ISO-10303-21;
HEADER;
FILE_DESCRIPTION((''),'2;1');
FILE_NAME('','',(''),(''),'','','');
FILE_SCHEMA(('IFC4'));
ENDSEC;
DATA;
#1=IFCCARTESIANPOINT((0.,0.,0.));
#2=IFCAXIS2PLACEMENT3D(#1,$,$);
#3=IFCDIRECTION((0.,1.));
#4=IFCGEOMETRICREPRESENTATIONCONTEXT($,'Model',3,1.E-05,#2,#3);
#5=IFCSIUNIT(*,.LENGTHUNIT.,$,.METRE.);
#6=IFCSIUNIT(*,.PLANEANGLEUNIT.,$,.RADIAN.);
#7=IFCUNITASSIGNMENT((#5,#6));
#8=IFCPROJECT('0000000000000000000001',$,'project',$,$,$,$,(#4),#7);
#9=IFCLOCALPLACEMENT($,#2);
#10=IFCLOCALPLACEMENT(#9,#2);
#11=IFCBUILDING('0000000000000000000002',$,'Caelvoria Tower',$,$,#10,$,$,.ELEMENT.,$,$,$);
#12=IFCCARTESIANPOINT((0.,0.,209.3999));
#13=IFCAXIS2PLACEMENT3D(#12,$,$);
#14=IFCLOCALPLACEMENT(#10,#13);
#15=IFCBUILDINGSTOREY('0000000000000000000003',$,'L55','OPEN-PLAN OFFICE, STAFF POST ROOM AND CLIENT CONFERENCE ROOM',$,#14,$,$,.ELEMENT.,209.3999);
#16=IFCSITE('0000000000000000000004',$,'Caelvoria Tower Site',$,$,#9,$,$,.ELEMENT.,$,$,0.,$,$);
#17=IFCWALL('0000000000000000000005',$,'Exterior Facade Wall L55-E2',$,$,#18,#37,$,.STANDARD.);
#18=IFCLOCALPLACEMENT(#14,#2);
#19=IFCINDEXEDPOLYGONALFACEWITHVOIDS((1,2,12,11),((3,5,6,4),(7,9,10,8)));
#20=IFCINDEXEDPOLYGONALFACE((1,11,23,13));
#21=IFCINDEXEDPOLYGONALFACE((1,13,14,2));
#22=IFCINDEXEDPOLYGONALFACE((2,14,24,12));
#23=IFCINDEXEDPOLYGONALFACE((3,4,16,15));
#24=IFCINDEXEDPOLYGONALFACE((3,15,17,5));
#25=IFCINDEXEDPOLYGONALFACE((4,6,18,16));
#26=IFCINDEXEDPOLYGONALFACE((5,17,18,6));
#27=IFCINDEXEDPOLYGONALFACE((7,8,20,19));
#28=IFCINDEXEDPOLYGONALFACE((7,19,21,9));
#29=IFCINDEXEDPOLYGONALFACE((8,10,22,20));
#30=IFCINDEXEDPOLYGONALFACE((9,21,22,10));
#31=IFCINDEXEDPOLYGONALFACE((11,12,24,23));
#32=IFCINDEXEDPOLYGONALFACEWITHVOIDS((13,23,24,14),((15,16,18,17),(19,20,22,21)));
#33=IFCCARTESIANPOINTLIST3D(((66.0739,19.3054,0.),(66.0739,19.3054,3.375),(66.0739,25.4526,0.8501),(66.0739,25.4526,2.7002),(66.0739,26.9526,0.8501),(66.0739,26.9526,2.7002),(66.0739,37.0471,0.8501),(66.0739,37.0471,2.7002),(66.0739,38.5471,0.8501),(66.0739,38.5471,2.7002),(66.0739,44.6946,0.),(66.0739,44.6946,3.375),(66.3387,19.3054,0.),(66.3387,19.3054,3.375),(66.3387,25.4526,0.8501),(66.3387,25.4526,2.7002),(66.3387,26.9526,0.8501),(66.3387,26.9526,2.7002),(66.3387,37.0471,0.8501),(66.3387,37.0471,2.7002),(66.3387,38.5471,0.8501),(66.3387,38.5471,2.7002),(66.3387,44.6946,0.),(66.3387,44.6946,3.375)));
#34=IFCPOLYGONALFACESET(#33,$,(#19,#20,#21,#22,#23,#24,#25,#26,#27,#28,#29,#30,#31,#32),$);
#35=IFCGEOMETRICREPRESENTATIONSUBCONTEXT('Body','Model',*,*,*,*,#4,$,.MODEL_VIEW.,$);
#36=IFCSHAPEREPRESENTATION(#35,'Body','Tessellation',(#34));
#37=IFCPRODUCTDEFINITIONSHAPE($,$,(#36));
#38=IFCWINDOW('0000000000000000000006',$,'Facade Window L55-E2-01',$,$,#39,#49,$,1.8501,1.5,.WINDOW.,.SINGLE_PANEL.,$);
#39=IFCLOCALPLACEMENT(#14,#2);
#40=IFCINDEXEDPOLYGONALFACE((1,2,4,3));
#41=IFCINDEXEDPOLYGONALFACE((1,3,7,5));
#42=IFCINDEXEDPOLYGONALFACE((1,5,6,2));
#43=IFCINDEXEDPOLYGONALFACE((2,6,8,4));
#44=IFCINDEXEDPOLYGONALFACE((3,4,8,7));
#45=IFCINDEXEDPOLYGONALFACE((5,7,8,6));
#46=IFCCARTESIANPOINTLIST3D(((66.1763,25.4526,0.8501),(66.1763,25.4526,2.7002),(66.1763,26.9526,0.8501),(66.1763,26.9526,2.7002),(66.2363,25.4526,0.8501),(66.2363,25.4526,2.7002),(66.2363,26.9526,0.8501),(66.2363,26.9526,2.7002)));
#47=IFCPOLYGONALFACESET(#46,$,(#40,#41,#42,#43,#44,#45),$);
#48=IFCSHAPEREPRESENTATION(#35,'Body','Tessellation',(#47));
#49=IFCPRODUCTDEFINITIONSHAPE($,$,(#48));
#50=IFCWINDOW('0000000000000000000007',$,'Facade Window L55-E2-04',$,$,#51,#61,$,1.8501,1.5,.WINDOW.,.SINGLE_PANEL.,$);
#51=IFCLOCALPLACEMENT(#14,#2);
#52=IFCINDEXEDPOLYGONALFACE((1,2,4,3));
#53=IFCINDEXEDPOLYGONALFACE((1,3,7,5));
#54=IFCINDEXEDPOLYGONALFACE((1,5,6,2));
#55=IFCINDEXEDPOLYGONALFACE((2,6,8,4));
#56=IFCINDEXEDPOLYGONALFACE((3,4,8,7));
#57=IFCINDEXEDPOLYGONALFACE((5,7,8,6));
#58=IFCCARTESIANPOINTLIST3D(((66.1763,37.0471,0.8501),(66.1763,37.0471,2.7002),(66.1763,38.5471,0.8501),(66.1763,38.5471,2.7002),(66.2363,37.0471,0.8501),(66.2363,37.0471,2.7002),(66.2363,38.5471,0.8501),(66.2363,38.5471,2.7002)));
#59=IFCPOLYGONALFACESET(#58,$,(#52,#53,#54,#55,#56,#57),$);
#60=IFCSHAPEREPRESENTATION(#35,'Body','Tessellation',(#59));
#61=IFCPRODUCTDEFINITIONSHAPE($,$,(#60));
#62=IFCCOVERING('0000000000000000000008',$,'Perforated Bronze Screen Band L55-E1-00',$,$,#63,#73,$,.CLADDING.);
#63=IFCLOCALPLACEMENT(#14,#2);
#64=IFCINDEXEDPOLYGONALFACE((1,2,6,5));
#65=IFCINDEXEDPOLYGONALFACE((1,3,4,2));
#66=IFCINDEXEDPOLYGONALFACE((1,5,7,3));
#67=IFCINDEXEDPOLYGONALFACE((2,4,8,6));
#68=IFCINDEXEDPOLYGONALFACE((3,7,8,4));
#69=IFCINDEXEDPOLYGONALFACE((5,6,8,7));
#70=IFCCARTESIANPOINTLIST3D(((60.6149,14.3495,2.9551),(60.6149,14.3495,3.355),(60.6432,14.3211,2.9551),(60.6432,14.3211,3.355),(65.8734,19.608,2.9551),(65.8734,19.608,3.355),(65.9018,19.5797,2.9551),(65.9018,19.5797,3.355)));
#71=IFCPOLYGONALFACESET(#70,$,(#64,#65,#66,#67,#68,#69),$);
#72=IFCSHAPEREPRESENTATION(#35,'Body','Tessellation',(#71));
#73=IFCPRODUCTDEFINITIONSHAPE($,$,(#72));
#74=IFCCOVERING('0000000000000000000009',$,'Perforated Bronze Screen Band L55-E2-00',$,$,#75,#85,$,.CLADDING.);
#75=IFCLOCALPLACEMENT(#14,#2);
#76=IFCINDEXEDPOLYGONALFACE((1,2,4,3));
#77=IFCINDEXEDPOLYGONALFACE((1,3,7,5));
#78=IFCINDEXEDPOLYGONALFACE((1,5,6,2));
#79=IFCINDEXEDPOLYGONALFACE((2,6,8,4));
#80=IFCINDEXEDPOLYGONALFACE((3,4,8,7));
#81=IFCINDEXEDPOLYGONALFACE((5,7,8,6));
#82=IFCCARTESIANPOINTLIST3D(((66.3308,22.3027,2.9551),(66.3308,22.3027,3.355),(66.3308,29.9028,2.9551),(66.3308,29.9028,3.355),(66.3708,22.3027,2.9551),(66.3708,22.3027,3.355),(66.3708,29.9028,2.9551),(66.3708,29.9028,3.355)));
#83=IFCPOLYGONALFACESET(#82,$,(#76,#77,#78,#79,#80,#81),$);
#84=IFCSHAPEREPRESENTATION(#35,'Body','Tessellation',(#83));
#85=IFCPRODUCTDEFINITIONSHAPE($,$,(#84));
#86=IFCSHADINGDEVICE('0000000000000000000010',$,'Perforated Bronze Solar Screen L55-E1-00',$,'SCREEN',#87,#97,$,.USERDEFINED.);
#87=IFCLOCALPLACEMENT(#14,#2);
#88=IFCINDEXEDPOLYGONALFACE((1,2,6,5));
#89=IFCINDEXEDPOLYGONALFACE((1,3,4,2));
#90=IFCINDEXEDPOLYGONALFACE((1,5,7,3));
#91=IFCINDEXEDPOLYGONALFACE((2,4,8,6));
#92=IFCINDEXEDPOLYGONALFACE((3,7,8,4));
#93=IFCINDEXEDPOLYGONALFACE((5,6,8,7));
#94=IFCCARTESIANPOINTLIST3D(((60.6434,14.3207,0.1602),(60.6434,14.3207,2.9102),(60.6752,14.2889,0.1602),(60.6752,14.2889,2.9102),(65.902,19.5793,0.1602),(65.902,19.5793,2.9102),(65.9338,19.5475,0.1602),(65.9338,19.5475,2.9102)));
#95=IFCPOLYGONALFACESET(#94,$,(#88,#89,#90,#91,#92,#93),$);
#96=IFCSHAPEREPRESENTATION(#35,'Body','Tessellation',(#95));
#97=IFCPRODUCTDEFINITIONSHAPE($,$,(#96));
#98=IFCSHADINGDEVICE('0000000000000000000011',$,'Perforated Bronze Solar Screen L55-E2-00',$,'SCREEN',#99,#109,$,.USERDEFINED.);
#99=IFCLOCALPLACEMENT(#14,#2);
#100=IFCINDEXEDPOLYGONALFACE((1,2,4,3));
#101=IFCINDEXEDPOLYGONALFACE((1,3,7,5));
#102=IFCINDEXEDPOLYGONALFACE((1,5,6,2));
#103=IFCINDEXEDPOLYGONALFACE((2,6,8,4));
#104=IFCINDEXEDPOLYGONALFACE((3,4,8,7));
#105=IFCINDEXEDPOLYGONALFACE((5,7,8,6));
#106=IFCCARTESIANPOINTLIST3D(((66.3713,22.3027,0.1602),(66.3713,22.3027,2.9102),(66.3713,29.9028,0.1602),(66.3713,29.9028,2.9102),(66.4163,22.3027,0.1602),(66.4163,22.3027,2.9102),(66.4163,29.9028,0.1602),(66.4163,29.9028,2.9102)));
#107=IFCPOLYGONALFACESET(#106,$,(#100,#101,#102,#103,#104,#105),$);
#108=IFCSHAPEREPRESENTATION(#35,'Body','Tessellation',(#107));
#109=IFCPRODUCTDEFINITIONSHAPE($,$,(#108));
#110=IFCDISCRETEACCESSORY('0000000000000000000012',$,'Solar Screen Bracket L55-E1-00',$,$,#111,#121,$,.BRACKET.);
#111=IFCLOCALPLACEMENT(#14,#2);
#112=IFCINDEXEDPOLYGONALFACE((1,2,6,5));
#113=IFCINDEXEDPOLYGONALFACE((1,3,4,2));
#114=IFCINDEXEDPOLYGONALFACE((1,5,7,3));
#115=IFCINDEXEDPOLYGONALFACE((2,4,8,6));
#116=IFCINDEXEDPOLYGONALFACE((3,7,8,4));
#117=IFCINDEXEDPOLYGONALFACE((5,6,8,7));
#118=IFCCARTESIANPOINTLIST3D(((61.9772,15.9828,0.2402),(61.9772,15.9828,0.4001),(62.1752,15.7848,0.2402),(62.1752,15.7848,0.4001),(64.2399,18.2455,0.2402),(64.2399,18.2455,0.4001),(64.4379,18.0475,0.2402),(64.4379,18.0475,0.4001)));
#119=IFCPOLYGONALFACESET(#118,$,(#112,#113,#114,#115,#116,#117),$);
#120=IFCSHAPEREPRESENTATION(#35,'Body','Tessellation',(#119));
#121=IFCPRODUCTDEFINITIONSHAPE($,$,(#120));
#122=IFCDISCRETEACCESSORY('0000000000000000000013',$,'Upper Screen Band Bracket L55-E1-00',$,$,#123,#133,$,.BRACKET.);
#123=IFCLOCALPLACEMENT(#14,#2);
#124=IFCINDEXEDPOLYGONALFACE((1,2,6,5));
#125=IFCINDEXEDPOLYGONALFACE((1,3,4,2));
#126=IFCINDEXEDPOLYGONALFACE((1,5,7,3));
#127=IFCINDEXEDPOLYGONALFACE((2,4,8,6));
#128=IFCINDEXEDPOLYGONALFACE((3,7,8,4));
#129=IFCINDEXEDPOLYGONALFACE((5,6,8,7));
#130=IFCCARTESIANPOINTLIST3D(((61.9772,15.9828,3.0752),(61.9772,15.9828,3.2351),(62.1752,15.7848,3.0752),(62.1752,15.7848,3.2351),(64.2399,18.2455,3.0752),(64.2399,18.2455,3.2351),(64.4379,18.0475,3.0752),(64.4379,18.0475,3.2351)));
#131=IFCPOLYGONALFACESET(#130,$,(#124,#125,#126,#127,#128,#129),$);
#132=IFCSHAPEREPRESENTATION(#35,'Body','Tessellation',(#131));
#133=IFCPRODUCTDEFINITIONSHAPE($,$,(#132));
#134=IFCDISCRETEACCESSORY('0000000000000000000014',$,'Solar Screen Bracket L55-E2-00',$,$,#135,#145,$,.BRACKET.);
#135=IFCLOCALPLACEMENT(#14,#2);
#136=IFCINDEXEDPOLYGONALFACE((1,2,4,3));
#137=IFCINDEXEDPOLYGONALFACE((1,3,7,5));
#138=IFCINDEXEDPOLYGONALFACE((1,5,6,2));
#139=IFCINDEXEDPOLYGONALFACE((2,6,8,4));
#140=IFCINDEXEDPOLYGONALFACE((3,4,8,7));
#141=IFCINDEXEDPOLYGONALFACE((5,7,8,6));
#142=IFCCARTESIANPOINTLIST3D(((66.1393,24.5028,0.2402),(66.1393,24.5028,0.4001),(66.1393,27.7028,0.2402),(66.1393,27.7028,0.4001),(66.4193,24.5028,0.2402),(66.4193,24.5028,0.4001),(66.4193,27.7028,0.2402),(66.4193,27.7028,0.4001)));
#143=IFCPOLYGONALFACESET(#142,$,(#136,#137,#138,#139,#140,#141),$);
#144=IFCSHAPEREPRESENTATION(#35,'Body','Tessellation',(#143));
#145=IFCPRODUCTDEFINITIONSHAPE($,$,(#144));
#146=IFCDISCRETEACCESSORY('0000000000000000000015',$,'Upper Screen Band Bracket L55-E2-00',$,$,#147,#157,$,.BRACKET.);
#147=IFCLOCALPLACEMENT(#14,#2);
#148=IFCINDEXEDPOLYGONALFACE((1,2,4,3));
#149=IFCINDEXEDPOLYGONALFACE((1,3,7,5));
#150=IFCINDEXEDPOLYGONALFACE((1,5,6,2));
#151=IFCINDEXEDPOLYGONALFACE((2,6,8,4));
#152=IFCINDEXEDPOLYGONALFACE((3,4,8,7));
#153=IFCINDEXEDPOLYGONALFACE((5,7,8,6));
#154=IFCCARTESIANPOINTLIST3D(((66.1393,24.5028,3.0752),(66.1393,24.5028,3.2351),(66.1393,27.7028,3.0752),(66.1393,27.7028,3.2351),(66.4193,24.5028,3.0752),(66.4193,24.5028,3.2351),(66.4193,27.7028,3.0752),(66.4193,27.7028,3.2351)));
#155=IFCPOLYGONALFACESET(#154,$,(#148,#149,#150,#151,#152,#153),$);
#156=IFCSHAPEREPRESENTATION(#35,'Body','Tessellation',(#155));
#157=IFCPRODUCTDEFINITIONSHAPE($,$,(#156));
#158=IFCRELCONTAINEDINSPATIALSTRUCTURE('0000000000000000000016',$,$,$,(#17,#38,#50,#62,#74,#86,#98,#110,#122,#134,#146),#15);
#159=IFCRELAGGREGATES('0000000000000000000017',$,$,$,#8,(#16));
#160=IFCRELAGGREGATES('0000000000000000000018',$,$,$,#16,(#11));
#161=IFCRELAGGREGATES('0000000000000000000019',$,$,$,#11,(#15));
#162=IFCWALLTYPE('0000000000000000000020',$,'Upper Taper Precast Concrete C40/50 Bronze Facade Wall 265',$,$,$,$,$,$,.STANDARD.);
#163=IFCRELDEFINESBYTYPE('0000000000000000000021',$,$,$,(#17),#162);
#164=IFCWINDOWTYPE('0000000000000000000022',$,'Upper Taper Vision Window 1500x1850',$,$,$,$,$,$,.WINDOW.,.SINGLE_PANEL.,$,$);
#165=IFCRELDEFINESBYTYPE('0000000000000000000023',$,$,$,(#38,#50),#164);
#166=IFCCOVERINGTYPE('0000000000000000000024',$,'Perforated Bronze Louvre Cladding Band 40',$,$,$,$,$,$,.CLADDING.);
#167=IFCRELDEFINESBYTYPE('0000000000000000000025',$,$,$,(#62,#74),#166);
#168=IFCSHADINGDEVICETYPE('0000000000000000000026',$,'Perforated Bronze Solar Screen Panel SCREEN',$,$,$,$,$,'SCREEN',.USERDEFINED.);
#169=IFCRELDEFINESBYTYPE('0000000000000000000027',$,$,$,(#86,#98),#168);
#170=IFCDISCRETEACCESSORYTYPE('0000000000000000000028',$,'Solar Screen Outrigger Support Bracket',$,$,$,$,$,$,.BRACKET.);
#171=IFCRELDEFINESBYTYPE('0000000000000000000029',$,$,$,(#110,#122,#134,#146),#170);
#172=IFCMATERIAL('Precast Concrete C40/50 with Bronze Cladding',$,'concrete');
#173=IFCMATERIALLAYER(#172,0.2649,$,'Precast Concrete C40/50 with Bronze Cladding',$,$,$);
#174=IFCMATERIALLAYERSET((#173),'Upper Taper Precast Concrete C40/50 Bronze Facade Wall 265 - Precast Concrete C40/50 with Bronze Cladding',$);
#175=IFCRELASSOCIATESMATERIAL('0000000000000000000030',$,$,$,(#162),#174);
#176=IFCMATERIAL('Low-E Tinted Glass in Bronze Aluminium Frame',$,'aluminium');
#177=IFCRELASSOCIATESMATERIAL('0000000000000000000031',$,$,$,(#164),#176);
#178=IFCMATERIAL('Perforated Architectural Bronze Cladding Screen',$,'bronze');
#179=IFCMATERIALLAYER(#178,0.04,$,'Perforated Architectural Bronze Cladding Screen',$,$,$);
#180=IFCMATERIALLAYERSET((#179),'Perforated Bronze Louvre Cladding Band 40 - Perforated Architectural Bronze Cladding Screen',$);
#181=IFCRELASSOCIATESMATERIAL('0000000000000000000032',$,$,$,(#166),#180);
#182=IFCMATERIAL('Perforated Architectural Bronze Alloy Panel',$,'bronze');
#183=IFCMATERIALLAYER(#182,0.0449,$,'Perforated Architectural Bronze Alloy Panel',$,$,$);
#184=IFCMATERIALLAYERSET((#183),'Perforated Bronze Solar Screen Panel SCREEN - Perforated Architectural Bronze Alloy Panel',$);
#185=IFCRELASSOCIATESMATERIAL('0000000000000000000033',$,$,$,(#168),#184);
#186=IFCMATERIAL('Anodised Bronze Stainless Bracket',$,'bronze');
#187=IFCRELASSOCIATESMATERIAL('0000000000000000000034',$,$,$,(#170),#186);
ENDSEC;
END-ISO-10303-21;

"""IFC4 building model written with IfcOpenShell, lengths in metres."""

from ifc_helpers import new_model, si_unit, direction, frame, frame_2d, origin, origin_2d, place, context, subcontext, project, spatial, rectangle, extrude, material, layer, layer_set, type_object, element, fill, save


model = new_model("IFC4")

# Units and contexts
model_context = context("Model", 3, precision=1e-05, world=origin(), true_north=direction((0.0, 1.0)))
body_context = subcontext(model_context, "Body", "Model", "MODEL_VIEW")
ifc_project = project(units=[si_unit("LENGTHUNIT", "METRE"), si_unit("PLANEANGLEUNIT", "RADIAN")], contexts=[model_context])

# Site, building, storey
site_placement = place(None, origin())
site = spatial("IfcSite", under=ifc_project, at=site_placement, Name="Caelvoria Tower Site", CompositionType="ELEMENT", RefElevation=0.0)
building_placement = place(site_placement, origin())
building = spatial("IfcBuilding", under=site, at=building_placement, Name="Caelvoria Tower", CompositionType="ELEMENT")
storey_placement = place(building_placement, frame((0.0, 0.0, 209.3999)))
storey = spatial("IfcBuildingStorey", under=building, at=storey_placement, Name="L55", Description="OPEN-PLAN OFFICE, STAFF POST ROOM AND CLIENT CONFERENCE ROOM", CompositionType="ELEMENT", Elevation=209.3999)

# Shared definitions
ifc_material_1 = material(Name="Precast Concrete C40/50 with Bronze Cladding", Category="concrete")
ifc_layer_1 = layer(ifc_material_1, 0.2649, Name="Precast Concrete C40/50 with Bronze Cladding")
ifc_layer_set_1 = layer_set([ifc_layer_1], Name="Upper Taper Precast Concrete C40/50 Bronze Facade Wall 265 - Precast Concrete C40/50 with Bronze Cladding")
wall_type_1 = type_object("IfcWallType", Name="Upper Taper Precast Concrete C40/50 Bronze Facade Wall 265", PredefinedType="STANDARD", material=ifc_layer_set_1)

# Wall, openings, windows
wall_1_placement = place(storey_placement, frame((66.2063, 19.3054, 0.0), z_axis=(0.0, 0.0, 1.0), x_axis=(0.0, 1.0, 0.0)))
wall_1 = element("IfcWall", 1, at=wall_1_placement, inside=storey, type_object=wall_type_1, Name="Exterior Facade Wall L55-E2", PredefinedType="STANDARD", context=body_context, shape_type="SweptSolid", body=[
    extrude(rectangle(XDim=25.3892, YDim=0.2649, at=frame_2d((12.6946, 0.0))), origin(), (0.0, 0.0, 1.0), 3.375),
])
opening_1_placement = place(wall_1_placement, frame((6.1472, 0.0, 0.8501)))
opening_1 = element("IfcOpeningElement", 2, at=opening_1_placement, cuts=wall_1, PredefinedType="OPENING", context=body_context, shape_type="SweptSolid", body=[
    extrude(rectangle(XDim=1.5, YDim=1.8501, at=frame_2d((0.75, 0.925))), frame((0.0, 0.1423, 0.0), z_axis=(0.0, -1.0, 0.0), x_axis=(1.0, 0.0, 0.0)), (0.0, 0.0, 1.0), 0.2849),
])
opening_2_placement = place(wall_1_placement, frame((17.7417, 0.0, 0.8501)))
opening_2 = element("IfcOpeningElement", 3, at=opening_2_placement, cuts=wall_1, PredefinedType="OPENING", context=body_context, shape_type="SweptSolid", body=[
    extrude(rectangle(XDim=1.5, YDim=1.8501, at=frame_2d((0.75, 0.925))), frame((0.0, 0.1423, 0.0), z_axis=(0.0, -1.0, 0.0), x_axis=(1.0, 0.0, 0.0)), (0.0, 0.0, 1.0), 0.2849),
])
ifc_material_2 = material(Name="Low-E Tinted Glass in Bronze Aluminium Frame", Category="aluminium")
window_type = type_object("IfcWindowType", Name="Upper Taper Vision Window 1500x1850", PartitioningType="SINGLE_PANEL", PredefinedType="WINDOW", material=ifc_material_2)
window_1_placement = place(opening_1_placement, origin())
window_1 = element("IfcWindow", 4, at=window_1_placement, inside=storey, type_object=window_type, Name="Facade Window L55-E2-01", OverallHeight=1.8501, OverallWidth=1.5, PartitioningType="SINGLE_PANEL", PredefinedType="WINDOW", context=body_context, shape_type="SweptSolid", body=[
    extrude(rectangle(XDim=1.5, YDim=1.8501, at=frame_2d((0.75, 0.925))), frame((0.0, 0.03, 0.0), z_axis=(0.0, -1.0, 0.0), x_axis=(1.0, 0.0, 0.0)), (0.0, 0.0, 1.0), 0.0601),
])
fill(opening_1, window_1)
window_2_placement = place(opening_2_placement, origin())
window_2 = element("IfcWindow", 5, at=window_2_placement, inside=storey, type_object=window_type, Name="Facade Window L55-E2-04", OverallHeight=1.8501, OverallWidth=1.5, PartitioningType="SINGLE_PANEL", PredefinedType="WINDOW", context=body_context, shape_type="SweptSolid", body=[
    extrude(rectangle(XDim=1.5, YDim=1.8501, at=frame_2d((0.75, 0.925))), frame((0.0, 0.03, 0.0), z_axis=(0.0, -1.0, 0.0), x_axis=(1.0, 0.0, 0.0)), (0.0, 0.0, 1.0), 0.0601),
])
fill(opening_2, window_2)

# Coverings
ifc_material_3 = material(Name="Perforated Architectural Bronze Cladding Screen", Category="bronze")
ifc_layer_2 = layer(ifc_material_3, 0.04, Name="Perforated Architectural Bronze Cladding Screen")
ifc_layer_set_2 = layer_set([ifc_layer_2], Name="Perforated Bronze Louvre Cladding Band 40 - Perforated Architectural Bronze Cladding Screen")
covering_type = type_object("IfcCoveringType", Name="Perforated Bronze Louvre Cladding Band 40", PredefinedType="CLADDING", material=ifc_layer_set_2)
covering_1_placement = place(storey_placement, frame((63.2583, 16.9646, 2.9551), z_axis=(0.0, 0.0, 1.0), x_axis=(0.707107, 0.707107, 0.0)))
element("IfcCovering", 6, at=covering_1_placement, inside=storey, type_object=covering_type, Name="Perforated Bronze Screen Band L55-E1-00", PredefinedType="CLADDING", context=body_context, shape_type="SweptSolid", body=[
    extrude(rectangle(XDim=7.4368, YDim=0.04, at=origin_2d()), origin(), (0.0, 0.0, 1.0), 0.3999),
])
covering_2_placement = place(storey_placement, frame((66.3508, 26.1028, 2.9551), z_axis=(0.0, 0.0, 1.0), x_axis=(0.0, 1.0, 0.0)))
element("IfcCovering", 7, at=covering_2_placement, inside=storey, type_object=covering_type, Name="Perforated Bronze Screen Band L55-E2-00", PredefinedType="CLADDING", context=body_context, shape_type="SweptSolid", body=[
    extrude(rectangle(XDim=7.6001, YDim=0.04, at=origin_2d()), origin(), (0.0, 0.0, 1.0), 0.3999),
])

# Shading devices
ifc_material_4 = material(Name="Perforated Architectural Bronze Alloy Panel", Category="bronze")
ifc_layer_3 = layer(ifc_material_4, 0.0449, Name="Perforated Architectural Bronze Alloy Panel")
ifc_layer_set_3 = layer_set([ifc_layer_3], Name="Perforated Bronze Solar Screen Panel SCREEN - Perforated Architectural Bronze Alloy Panel")
shading_device_type = type_object("IfcShadingDeviceType", Name="Perforated Bronze Solar Screen Panel SCREEN", ElementType="SCREEN", PredefinedType="USERDEFINED", material=ifc_layer_set_3)
shading_device_1_placement = place(storey_placement, frame((63.2886, 16.9341, 0.1602), z_axis=(0.0, 0.0, 1.0), x_axis=(0.707107, 0.707107, 0.0)))
element("IfcShadingDevice", 8, at=shading_device_1_placement, inside=storey, type_object=shading_device_type, Name="Perforated Bronze Solar Screen L55-E1-00", ObjectType="SCREEN", PredefinedType="USERDEFINED", context=body_context, shape_type="SweptSolid", body=[
    extrude(rectangle(XDim=7.4368, YDim=0.0449, at=origin_2d()), origin(), (0.0, 0.0, 1.0), 2.75),
])
shading_device_2_placement = place(storey_placement, frame((66.3938, 26.1028, 0.1602), z_axis=(0.0, 0.0, 1.0), x_axis=(0.0, 1.0, 0.0)))
element("IfcShadingDevice", 9, at=shading_device_2_placement, inside=storey, type_object=shading_device_type, Name="Perforated Bronze Solar Screen L55-E2-00", ObjectType="SCREEN", PredefinedType="USERDEFINED", context=body_context, shape_type="SweptSolid", body=[
    extrude(rectangle(XDim=7.6001, YDim=0.0449, at=origin_2d()), origin(), (0.0, 0.0, 1.0), 2.75),
])

# Discrete accessories
ifc_material_5 = material(Name="Anodised Bronze Stainless Bracket", Category="bronze")
discrete_accessory_type = type_object("IfcDiscreteAccessoryType", Name="Solar Screen Outrigger Support Bracket", PredefinedType="BRACKET", material=ifc_material_5)
for number, where, z_axis, x_axis, name in (
    (10, (63.2075, 17.0151, 0.2402), (0.0, 0.0, 1.0), (0.707107, 0.707107, 0.0), "Solar Screen Bracket L55-E1-00"),
    (11, (63.2075, 17.0151, 3.0752), (0.0, 0.0, 1.0), (0.707107, 0.707107, 0.0), "Upper Screen Band Bracket L55-E1-00"),
    (12, (66.2793, 26.1028, 0.2402), (0.0, 0.0, 1.0), (0.0, 1.0, 0.0), "Solar Screen Bracket L55-E2-00"),
    (13, (66.2793, 26.1028, 3.0752), (0.0, 0.0, 1.0), (0.0, 1.0, 0.0), "Upper Screen Band Bracket L55-E2-00"),
):
    element("IfcDiscreteAccessory", number, at=place(storey_placement, frame(where, z_axis=z_axis, x_axis=x_axis)), inside=storey, type_object=discrete_accessory_type, Name=name, PredefinedType="BRACKET", context=body_context, shape_type="SweptSolid", body=[
        extrude(rectangle(XDim=3.2, YDim=0.28, at=origin_2d()), origin(), (0.0, 0.0, 1.0), 0.1599),
    ])

save(model, "model.ifc")
